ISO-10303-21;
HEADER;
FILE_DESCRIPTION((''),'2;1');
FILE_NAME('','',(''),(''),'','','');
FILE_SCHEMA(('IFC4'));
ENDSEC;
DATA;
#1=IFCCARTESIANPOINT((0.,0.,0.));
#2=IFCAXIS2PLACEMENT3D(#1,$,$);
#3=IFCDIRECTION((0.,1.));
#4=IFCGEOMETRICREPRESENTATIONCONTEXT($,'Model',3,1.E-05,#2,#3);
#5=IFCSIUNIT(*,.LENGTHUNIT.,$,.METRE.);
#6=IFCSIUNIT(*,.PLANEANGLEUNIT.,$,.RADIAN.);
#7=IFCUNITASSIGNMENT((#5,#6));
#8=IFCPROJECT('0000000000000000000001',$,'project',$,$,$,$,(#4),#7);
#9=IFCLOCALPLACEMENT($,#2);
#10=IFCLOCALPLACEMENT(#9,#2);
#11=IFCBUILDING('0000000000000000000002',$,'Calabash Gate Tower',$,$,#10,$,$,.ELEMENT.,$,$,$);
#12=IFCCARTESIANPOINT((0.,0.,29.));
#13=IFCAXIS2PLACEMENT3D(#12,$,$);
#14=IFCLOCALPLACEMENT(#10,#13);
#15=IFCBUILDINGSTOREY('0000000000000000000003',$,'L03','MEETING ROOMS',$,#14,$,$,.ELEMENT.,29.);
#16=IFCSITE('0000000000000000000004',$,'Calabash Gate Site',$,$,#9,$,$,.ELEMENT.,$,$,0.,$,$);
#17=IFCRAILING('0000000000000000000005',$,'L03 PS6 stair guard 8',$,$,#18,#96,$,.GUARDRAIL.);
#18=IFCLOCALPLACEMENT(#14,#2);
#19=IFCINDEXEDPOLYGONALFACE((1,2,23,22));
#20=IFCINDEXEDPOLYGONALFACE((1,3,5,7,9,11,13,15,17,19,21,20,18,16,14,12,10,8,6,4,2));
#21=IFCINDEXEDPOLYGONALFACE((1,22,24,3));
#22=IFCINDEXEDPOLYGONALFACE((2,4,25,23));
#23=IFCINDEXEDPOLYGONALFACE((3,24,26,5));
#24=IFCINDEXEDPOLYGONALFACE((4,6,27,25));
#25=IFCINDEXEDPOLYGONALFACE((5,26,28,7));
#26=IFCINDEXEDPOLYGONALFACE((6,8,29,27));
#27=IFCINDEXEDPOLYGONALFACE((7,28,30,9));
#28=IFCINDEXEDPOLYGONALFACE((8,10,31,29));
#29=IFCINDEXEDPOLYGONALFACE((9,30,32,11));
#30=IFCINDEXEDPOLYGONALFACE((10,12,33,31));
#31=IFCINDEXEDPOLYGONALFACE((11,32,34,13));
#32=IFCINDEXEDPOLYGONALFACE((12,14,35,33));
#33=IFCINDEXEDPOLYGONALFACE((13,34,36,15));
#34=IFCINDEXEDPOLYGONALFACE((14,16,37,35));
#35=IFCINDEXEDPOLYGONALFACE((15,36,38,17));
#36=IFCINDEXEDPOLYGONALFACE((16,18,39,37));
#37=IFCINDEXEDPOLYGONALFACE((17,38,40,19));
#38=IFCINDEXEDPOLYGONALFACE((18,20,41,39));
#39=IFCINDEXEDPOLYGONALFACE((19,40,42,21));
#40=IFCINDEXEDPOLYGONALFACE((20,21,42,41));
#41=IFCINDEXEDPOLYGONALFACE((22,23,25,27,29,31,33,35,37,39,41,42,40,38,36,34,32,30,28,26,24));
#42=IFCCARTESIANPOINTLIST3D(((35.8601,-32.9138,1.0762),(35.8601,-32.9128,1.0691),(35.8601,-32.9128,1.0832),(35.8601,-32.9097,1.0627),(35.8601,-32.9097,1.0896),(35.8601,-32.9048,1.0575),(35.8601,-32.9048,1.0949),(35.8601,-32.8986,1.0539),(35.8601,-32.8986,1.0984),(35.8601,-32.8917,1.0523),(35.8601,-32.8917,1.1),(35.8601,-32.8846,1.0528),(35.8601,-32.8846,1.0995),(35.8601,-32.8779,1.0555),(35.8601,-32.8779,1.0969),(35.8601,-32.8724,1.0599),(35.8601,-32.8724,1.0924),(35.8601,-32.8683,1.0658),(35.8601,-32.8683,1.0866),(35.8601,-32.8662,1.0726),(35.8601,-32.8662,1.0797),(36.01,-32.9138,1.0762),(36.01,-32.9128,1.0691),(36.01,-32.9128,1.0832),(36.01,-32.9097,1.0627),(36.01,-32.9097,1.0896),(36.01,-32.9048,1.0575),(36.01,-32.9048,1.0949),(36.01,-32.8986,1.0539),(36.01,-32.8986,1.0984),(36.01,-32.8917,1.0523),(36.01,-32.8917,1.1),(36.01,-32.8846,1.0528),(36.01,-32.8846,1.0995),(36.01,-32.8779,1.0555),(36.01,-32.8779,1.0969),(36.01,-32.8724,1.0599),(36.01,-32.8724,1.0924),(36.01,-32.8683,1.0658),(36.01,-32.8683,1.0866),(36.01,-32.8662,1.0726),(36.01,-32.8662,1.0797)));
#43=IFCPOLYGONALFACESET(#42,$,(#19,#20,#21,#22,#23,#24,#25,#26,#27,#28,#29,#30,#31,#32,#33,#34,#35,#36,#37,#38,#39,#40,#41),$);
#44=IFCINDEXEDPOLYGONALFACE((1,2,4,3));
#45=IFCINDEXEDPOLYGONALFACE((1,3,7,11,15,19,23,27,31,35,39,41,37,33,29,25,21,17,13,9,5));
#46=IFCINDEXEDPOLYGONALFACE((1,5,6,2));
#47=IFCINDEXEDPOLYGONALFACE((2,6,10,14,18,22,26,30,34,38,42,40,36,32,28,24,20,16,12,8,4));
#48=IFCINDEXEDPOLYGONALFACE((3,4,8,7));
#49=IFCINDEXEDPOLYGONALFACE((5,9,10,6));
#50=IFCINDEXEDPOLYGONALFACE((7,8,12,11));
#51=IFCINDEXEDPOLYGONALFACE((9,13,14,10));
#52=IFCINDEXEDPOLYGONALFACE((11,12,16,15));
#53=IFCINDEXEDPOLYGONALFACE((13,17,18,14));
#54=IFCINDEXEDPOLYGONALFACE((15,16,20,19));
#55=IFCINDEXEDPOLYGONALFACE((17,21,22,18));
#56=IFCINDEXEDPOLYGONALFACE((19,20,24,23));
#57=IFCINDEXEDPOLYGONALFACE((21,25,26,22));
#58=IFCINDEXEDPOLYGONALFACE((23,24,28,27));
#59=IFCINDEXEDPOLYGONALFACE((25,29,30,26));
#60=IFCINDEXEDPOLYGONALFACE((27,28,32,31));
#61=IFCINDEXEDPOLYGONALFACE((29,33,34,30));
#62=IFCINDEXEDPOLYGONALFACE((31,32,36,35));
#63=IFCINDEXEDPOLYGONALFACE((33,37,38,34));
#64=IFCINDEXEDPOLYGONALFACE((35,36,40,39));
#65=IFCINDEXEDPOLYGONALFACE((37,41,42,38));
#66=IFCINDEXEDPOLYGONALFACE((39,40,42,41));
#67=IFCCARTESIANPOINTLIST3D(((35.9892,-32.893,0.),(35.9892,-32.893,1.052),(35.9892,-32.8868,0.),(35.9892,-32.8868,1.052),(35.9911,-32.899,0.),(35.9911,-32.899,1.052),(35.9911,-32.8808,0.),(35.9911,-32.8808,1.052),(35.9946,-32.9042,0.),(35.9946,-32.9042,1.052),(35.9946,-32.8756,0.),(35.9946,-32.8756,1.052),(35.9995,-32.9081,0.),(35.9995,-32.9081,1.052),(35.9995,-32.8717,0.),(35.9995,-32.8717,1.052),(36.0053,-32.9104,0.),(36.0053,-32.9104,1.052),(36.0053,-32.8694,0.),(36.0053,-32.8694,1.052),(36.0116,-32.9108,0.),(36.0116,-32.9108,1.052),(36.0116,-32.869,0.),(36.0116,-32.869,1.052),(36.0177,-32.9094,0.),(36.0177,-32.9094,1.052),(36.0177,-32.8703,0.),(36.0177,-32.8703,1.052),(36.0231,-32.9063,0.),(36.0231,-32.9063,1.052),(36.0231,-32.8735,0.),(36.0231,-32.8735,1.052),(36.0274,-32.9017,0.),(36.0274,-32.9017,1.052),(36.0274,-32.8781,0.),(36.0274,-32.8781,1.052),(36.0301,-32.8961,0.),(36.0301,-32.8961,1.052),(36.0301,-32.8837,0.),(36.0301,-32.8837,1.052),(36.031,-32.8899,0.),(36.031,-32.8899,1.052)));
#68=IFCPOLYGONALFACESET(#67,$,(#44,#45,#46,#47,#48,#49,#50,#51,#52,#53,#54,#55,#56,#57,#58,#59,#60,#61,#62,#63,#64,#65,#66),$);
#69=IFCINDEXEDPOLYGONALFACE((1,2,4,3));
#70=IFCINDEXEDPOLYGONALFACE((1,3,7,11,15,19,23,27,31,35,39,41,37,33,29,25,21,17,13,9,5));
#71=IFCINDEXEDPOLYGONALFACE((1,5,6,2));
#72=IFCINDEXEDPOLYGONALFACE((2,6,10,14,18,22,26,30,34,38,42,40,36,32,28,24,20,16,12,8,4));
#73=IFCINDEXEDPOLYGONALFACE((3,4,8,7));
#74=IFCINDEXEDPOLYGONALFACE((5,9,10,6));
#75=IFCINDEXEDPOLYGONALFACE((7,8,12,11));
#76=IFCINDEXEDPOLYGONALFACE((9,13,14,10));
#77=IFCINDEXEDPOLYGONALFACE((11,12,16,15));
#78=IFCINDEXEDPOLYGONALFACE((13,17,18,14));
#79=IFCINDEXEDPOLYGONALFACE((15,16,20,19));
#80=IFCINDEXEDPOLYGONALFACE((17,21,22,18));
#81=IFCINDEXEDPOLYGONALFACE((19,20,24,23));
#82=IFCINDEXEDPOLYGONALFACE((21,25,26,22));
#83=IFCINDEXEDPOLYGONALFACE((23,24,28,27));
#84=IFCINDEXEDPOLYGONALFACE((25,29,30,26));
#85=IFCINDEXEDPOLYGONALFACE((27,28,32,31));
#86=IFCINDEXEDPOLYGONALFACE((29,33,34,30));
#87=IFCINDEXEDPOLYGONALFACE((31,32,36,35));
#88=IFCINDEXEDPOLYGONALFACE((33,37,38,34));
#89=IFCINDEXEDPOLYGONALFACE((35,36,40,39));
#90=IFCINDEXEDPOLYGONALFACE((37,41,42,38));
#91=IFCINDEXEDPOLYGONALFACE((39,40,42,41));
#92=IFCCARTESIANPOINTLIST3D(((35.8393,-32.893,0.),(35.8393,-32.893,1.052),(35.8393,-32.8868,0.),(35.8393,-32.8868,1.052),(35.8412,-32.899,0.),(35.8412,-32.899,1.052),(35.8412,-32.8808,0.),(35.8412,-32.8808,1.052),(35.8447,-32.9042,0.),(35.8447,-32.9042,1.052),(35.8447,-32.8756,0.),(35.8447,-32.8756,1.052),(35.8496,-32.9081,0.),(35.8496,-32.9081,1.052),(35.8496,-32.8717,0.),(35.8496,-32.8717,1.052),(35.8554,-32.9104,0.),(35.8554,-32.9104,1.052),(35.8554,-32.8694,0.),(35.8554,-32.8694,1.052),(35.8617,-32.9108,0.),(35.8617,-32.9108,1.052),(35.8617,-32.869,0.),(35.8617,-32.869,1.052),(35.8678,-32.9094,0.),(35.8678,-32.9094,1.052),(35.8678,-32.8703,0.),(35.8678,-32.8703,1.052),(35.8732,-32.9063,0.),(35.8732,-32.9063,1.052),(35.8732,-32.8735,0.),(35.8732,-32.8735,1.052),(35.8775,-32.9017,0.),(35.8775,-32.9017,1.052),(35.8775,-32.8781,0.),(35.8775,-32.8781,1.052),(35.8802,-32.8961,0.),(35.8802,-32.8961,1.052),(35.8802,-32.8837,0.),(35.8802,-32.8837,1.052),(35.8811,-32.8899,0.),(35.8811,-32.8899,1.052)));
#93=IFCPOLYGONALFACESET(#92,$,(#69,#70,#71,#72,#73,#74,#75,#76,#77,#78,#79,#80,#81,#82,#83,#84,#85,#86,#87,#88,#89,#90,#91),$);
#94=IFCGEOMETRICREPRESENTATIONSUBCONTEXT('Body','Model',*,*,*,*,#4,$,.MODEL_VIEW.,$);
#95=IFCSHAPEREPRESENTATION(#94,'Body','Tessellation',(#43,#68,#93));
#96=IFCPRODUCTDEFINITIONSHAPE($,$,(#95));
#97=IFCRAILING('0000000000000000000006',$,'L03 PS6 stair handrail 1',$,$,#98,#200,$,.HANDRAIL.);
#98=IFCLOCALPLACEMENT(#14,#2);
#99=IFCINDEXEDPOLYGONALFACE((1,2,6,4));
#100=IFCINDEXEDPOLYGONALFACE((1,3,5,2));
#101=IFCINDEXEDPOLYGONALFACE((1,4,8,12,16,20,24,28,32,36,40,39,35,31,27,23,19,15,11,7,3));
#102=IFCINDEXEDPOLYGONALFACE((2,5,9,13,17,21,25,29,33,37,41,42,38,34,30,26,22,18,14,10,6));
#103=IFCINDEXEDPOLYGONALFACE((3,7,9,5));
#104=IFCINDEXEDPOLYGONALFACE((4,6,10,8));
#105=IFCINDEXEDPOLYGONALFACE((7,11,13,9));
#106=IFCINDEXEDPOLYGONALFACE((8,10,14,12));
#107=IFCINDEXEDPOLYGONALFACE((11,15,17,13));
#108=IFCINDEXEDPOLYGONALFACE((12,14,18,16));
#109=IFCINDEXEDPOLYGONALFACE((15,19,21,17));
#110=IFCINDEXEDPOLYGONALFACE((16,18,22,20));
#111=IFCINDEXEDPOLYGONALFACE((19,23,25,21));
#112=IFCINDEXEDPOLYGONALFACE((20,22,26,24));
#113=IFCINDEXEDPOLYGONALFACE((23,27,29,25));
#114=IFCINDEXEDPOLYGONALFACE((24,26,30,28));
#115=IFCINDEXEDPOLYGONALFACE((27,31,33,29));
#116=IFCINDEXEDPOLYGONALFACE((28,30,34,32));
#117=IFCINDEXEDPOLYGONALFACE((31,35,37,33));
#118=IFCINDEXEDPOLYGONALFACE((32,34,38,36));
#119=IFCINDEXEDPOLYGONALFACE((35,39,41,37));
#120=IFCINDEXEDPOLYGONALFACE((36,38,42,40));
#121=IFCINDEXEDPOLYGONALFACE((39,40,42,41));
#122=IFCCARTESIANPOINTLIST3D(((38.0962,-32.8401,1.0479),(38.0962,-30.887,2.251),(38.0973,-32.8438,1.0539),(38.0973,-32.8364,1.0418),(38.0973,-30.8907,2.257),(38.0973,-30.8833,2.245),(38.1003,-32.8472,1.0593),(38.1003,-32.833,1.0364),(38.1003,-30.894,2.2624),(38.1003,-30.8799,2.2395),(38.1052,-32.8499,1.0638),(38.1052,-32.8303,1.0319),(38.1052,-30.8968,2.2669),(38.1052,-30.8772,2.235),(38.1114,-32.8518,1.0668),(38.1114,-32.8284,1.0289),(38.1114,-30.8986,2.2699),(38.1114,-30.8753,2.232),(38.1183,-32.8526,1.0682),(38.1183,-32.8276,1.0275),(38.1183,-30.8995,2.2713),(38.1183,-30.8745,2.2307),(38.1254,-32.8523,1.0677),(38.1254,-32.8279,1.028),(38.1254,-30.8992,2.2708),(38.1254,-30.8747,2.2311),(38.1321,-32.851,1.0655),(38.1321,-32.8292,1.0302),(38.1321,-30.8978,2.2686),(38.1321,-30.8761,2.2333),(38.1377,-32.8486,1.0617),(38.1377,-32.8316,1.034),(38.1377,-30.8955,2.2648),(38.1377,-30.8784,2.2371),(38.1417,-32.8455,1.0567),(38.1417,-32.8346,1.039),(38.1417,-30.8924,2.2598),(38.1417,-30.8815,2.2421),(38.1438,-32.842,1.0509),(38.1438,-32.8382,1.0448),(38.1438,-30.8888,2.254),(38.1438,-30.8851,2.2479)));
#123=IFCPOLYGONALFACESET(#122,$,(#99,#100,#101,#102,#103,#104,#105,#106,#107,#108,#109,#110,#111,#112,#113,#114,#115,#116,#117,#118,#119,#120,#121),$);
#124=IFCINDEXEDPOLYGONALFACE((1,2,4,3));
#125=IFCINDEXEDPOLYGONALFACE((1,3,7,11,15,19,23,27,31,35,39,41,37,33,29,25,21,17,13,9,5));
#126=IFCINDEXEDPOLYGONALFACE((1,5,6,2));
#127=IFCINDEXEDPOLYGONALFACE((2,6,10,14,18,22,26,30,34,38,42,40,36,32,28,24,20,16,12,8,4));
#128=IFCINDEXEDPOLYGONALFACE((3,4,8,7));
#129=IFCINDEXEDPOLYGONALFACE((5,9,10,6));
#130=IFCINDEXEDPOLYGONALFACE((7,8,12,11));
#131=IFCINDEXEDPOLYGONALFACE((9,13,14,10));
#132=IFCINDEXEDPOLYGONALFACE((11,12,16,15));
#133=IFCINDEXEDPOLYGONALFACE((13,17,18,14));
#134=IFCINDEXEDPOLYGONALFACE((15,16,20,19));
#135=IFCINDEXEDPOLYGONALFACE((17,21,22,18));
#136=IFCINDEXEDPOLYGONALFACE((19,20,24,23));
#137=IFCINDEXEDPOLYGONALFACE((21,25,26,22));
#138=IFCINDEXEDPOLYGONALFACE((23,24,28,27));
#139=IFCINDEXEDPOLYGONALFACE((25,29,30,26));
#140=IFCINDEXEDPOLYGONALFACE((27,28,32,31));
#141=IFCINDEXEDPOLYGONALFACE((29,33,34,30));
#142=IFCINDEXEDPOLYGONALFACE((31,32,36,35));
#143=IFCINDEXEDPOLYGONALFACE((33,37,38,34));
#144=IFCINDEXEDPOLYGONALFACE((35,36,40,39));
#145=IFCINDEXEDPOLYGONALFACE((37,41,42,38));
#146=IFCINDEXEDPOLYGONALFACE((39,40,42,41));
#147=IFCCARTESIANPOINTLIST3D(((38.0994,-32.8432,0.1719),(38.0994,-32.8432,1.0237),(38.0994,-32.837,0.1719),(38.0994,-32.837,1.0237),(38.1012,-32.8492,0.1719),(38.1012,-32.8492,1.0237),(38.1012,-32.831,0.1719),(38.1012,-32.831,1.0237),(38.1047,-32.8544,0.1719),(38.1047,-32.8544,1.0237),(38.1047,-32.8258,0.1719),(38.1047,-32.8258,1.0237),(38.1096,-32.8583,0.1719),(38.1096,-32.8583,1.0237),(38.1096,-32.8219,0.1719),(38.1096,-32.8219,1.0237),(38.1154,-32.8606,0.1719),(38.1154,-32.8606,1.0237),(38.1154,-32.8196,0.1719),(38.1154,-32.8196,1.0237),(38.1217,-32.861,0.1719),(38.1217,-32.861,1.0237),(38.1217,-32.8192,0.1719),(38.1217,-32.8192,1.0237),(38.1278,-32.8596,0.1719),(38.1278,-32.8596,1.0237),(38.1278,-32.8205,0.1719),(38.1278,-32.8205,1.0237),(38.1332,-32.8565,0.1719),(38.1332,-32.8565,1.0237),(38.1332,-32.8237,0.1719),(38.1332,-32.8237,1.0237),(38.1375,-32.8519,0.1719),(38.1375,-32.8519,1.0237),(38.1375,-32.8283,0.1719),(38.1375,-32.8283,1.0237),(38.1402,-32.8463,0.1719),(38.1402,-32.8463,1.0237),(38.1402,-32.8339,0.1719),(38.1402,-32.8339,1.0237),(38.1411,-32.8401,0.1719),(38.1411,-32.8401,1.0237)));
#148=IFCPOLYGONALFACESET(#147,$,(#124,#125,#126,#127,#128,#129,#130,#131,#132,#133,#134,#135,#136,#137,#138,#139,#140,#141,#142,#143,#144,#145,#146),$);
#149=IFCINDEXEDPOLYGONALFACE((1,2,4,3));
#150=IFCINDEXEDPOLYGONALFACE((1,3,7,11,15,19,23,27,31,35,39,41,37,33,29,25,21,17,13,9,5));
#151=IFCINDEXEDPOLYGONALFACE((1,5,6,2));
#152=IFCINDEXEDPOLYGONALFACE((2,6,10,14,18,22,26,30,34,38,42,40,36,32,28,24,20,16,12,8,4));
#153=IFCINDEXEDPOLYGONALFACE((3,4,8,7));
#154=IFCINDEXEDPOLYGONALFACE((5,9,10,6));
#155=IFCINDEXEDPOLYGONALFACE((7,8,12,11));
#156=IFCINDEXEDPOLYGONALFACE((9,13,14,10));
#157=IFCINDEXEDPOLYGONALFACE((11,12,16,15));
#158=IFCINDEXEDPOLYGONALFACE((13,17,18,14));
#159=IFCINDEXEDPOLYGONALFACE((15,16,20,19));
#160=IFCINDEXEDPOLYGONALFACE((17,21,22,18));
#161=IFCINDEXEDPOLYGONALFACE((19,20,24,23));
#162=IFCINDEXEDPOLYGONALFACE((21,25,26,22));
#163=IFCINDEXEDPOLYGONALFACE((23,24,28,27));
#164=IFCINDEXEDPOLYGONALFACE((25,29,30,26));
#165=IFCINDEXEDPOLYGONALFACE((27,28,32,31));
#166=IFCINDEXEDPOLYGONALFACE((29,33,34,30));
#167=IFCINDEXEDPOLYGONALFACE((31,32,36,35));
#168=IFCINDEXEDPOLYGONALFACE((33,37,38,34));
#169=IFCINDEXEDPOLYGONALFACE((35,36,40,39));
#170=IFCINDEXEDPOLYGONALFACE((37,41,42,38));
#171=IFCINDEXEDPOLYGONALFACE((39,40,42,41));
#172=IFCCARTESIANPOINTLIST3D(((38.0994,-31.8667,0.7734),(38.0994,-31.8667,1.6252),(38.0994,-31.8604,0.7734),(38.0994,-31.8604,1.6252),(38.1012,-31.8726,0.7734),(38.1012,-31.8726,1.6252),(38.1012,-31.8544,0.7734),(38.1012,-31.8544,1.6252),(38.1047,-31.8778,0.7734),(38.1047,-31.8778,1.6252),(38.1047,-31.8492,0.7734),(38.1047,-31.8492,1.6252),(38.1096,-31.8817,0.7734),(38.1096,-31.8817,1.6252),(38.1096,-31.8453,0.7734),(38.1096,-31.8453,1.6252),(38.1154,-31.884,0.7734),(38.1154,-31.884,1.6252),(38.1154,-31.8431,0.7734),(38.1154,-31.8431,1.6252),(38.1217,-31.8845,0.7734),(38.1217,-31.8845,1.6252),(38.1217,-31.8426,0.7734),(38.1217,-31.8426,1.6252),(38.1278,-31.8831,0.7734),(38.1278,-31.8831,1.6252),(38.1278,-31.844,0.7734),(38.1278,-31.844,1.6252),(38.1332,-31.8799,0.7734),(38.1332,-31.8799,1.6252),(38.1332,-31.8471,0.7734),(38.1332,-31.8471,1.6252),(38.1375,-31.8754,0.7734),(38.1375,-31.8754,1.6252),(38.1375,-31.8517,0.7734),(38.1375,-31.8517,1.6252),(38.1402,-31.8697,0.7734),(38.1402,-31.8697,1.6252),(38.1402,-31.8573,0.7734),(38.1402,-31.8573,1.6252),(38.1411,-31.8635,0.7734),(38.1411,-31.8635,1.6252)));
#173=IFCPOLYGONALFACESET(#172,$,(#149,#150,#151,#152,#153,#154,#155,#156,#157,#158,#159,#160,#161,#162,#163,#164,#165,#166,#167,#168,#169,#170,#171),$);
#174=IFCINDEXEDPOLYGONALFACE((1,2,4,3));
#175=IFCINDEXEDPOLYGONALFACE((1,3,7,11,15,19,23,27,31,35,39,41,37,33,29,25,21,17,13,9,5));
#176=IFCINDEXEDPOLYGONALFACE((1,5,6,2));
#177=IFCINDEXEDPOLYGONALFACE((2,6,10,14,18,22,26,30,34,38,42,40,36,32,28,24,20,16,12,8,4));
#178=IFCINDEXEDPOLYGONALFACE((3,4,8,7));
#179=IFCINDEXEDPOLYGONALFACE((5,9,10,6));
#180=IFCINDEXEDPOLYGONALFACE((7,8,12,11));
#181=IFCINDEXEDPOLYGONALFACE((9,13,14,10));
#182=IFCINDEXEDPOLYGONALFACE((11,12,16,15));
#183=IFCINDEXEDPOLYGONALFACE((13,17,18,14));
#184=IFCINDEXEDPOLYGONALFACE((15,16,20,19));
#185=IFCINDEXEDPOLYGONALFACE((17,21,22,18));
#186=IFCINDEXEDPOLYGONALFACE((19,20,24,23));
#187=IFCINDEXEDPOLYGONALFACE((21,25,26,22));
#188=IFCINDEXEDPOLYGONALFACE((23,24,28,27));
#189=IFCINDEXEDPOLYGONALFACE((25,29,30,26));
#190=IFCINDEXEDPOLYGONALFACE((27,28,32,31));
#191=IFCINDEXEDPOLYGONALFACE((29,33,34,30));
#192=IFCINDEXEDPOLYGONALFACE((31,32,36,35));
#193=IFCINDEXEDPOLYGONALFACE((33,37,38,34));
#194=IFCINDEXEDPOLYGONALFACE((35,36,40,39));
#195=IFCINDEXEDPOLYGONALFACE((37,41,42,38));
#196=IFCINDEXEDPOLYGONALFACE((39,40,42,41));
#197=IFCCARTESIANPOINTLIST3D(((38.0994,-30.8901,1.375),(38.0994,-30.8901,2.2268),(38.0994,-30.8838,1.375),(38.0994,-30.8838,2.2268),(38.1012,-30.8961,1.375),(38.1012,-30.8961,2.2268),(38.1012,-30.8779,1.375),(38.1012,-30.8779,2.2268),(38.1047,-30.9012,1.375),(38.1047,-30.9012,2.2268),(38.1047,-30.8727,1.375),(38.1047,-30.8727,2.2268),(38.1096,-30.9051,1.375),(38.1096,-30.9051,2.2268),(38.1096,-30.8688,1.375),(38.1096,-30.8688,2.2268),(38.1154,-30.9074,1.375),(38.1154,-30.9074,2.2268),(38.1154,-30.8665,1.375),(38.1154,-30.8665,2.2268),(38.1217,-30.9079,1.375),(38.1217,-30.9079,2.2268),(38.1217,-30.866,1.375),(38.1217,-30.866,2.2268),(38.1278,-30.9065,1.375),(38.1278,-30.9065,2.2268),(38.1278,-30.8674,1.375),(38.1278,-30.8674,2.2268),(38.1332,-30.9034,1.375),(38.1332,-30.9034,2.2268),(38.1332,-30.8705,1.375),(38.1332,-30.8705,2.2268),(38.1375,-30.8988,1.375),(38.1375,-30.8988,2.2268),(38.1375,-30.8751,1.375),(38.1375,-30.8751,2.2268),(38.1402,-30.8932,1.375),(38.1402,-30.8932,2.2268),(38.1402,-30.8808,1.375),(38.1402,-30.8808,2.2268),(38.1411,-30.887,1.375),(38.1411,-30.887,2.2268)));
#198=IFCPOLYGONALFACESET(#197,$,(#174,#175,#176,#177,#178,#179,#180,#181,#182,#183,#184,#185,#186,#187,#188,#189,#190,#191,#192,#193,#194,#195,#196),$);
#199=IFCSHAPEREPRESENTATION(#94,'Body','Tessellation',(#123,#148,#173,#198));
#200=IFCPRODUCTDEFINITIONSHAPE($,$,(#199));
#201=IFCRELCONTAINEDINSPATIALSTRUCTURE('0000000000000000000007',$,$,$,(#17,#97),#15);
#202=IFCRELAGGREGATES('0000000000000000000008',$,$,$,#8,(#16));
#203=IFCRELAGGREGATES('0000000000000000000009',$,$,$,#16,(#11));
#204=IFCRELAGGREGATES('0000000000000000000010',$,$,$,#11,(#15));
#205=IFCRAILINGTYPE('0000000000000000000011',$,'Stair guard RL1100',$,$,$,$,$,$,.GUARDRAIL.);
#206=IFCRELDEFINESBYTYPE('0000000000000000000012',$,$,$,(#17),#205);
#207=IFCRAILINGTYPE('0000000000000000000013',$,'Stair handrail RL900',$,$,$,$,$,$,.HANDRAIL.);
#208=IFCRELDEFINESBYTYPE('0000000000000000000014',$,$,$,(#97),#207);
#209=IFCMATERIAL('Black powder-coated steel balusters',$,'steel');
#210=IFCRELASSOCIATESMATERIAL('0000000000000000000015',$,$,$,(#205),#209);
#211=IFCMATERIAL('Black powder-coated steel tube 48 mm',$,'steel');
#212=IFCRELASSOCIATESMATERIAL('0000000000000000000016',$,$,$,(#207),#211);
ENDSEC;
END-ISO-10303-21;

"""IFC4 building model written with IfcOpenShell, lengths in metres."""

from ifc_helpers import new_model, si_unit, direction, frame, origin, origin_2d, place, context, subcontext, project, spatial, circle, extrude, material, type_object, element, save


model = new_model("IFC4")

# Units and contexts
model_context = context("Model", 3, precision=1e-05, world=origin(), true_north=direction((0.0, 1.0)))
body_context = subcontext(model_context, "Body", "Model", "MODEL_VIEW")
ifc_project = project(units=[si_unit("LENGTHUNIT", "METRE"), si_unit("PLANEANGLEUNIT", "RADIAN")], contexts=[model_context])

# Site, building, storey
site_placement = place(None, origin())
site = spatial("IfcSite", under=ifc_project, at=site_placement, Name="Calabash Gate Site", CompositionType="ELEMENT", RefElevation=0.0)
building_placement = place(site_placement, origin())
building = spatial("IfcBuilding", under=site, at=building_placement, Name="Calabash Gate Tower", CompositionType="ELEMENT")
storey_placement = place(building_placement, frame((0.0, 0.0, 29.0)))
storey = spatial("IfcBuildingStorey", under=building, at=storey_placement, Name="L03", Description="MEETING ROOMS", CompositionType="ELEMENT", Elevation=29.0)

# Railings
ifc_material_1 = material(Name="Black powder-coated steel balusters", Category="steel")
railing_type_1 = type_object("IfcRailingType", Name="Stair guard RL1100", PredefinedType="GUARDRAIL", material=ifc_material_1)
railing_1_placement = place(storey_placement, frame((36.01, -32.8899, 0.0)))
element("IfcRailing", 1, at=railing_1_placement, inside=storey, type_object=railing_type_1, Name="L03 PS6 stair guard 8", PredefinedType="GUARDRAIL", context=body_context, shape_type="SweptSolid", body=[
    extrude(circle(Radius=0.0239, at=origin_2d()), frame((0.0, 0.0, 1.0762), z_axis=(-1.0, 0.0, 0.0), x_axis=(0.0, -1.0, 0.0)), (0.0, 0.0, 1.0), 0.1499),
    extrude(circle(Radius=0.021, at=origin_2d()), origin(), (0.0, 0.0, 1.0), 1.052),
    extrude(circle(Radius=0.021, at=origin_2d()), frame((-0.1499, 0.0, 0.0)), (0.0, 0.0, 1.0), 1.052),
])
ifc_material_2 = material(Name="Black powder-coated steel tube 48 mm", Category="steel")
railing_type_2 = type_object("IfcRailingType", Name="Stair handrail RL900", PredefinedType="HANDRAIL", material=ifc_material_2)
railing_2_placement = place(storey_placement, frame((38.1201, -32.8401, 0.1719)))
element("IfcRailing", 2, at=railing_2_placement, inside=storey, type_object=railing_type_2, Name="L03 PS6 stair handrail 1", PredefinedType="HANDRAIL", context=body_context, shape_type="SweptSolid", body=[
    extrude(circle(Radius=0.0239, at=origin_2d()), frame((0.0, 0.0, 0.876), z_axis=(0.0, 0.851424, 0.524477), x_axis=(-1.0, 0.0, 0.0)), (0.0, 0.0, 1.0), 2.2939),
    extrude(circle(Radius=0.021, at=origin_2d()), origin(), (0.0, 0.0, 1.0), 0.8518),
    extrude(circle(Radius=0.021, at=origin_2d()), frame((0.0, 0.9766, 0.6016)), (0.0, 0.0, 1.0), 0.8518),
    extrude(circle(Radius=0.021, at=origin_2d()), frame((0.0, 1.9531, 1.2031)), (0.0, 0.0, 1.0), 0.8518),
])

save(model, "model.ifc")
